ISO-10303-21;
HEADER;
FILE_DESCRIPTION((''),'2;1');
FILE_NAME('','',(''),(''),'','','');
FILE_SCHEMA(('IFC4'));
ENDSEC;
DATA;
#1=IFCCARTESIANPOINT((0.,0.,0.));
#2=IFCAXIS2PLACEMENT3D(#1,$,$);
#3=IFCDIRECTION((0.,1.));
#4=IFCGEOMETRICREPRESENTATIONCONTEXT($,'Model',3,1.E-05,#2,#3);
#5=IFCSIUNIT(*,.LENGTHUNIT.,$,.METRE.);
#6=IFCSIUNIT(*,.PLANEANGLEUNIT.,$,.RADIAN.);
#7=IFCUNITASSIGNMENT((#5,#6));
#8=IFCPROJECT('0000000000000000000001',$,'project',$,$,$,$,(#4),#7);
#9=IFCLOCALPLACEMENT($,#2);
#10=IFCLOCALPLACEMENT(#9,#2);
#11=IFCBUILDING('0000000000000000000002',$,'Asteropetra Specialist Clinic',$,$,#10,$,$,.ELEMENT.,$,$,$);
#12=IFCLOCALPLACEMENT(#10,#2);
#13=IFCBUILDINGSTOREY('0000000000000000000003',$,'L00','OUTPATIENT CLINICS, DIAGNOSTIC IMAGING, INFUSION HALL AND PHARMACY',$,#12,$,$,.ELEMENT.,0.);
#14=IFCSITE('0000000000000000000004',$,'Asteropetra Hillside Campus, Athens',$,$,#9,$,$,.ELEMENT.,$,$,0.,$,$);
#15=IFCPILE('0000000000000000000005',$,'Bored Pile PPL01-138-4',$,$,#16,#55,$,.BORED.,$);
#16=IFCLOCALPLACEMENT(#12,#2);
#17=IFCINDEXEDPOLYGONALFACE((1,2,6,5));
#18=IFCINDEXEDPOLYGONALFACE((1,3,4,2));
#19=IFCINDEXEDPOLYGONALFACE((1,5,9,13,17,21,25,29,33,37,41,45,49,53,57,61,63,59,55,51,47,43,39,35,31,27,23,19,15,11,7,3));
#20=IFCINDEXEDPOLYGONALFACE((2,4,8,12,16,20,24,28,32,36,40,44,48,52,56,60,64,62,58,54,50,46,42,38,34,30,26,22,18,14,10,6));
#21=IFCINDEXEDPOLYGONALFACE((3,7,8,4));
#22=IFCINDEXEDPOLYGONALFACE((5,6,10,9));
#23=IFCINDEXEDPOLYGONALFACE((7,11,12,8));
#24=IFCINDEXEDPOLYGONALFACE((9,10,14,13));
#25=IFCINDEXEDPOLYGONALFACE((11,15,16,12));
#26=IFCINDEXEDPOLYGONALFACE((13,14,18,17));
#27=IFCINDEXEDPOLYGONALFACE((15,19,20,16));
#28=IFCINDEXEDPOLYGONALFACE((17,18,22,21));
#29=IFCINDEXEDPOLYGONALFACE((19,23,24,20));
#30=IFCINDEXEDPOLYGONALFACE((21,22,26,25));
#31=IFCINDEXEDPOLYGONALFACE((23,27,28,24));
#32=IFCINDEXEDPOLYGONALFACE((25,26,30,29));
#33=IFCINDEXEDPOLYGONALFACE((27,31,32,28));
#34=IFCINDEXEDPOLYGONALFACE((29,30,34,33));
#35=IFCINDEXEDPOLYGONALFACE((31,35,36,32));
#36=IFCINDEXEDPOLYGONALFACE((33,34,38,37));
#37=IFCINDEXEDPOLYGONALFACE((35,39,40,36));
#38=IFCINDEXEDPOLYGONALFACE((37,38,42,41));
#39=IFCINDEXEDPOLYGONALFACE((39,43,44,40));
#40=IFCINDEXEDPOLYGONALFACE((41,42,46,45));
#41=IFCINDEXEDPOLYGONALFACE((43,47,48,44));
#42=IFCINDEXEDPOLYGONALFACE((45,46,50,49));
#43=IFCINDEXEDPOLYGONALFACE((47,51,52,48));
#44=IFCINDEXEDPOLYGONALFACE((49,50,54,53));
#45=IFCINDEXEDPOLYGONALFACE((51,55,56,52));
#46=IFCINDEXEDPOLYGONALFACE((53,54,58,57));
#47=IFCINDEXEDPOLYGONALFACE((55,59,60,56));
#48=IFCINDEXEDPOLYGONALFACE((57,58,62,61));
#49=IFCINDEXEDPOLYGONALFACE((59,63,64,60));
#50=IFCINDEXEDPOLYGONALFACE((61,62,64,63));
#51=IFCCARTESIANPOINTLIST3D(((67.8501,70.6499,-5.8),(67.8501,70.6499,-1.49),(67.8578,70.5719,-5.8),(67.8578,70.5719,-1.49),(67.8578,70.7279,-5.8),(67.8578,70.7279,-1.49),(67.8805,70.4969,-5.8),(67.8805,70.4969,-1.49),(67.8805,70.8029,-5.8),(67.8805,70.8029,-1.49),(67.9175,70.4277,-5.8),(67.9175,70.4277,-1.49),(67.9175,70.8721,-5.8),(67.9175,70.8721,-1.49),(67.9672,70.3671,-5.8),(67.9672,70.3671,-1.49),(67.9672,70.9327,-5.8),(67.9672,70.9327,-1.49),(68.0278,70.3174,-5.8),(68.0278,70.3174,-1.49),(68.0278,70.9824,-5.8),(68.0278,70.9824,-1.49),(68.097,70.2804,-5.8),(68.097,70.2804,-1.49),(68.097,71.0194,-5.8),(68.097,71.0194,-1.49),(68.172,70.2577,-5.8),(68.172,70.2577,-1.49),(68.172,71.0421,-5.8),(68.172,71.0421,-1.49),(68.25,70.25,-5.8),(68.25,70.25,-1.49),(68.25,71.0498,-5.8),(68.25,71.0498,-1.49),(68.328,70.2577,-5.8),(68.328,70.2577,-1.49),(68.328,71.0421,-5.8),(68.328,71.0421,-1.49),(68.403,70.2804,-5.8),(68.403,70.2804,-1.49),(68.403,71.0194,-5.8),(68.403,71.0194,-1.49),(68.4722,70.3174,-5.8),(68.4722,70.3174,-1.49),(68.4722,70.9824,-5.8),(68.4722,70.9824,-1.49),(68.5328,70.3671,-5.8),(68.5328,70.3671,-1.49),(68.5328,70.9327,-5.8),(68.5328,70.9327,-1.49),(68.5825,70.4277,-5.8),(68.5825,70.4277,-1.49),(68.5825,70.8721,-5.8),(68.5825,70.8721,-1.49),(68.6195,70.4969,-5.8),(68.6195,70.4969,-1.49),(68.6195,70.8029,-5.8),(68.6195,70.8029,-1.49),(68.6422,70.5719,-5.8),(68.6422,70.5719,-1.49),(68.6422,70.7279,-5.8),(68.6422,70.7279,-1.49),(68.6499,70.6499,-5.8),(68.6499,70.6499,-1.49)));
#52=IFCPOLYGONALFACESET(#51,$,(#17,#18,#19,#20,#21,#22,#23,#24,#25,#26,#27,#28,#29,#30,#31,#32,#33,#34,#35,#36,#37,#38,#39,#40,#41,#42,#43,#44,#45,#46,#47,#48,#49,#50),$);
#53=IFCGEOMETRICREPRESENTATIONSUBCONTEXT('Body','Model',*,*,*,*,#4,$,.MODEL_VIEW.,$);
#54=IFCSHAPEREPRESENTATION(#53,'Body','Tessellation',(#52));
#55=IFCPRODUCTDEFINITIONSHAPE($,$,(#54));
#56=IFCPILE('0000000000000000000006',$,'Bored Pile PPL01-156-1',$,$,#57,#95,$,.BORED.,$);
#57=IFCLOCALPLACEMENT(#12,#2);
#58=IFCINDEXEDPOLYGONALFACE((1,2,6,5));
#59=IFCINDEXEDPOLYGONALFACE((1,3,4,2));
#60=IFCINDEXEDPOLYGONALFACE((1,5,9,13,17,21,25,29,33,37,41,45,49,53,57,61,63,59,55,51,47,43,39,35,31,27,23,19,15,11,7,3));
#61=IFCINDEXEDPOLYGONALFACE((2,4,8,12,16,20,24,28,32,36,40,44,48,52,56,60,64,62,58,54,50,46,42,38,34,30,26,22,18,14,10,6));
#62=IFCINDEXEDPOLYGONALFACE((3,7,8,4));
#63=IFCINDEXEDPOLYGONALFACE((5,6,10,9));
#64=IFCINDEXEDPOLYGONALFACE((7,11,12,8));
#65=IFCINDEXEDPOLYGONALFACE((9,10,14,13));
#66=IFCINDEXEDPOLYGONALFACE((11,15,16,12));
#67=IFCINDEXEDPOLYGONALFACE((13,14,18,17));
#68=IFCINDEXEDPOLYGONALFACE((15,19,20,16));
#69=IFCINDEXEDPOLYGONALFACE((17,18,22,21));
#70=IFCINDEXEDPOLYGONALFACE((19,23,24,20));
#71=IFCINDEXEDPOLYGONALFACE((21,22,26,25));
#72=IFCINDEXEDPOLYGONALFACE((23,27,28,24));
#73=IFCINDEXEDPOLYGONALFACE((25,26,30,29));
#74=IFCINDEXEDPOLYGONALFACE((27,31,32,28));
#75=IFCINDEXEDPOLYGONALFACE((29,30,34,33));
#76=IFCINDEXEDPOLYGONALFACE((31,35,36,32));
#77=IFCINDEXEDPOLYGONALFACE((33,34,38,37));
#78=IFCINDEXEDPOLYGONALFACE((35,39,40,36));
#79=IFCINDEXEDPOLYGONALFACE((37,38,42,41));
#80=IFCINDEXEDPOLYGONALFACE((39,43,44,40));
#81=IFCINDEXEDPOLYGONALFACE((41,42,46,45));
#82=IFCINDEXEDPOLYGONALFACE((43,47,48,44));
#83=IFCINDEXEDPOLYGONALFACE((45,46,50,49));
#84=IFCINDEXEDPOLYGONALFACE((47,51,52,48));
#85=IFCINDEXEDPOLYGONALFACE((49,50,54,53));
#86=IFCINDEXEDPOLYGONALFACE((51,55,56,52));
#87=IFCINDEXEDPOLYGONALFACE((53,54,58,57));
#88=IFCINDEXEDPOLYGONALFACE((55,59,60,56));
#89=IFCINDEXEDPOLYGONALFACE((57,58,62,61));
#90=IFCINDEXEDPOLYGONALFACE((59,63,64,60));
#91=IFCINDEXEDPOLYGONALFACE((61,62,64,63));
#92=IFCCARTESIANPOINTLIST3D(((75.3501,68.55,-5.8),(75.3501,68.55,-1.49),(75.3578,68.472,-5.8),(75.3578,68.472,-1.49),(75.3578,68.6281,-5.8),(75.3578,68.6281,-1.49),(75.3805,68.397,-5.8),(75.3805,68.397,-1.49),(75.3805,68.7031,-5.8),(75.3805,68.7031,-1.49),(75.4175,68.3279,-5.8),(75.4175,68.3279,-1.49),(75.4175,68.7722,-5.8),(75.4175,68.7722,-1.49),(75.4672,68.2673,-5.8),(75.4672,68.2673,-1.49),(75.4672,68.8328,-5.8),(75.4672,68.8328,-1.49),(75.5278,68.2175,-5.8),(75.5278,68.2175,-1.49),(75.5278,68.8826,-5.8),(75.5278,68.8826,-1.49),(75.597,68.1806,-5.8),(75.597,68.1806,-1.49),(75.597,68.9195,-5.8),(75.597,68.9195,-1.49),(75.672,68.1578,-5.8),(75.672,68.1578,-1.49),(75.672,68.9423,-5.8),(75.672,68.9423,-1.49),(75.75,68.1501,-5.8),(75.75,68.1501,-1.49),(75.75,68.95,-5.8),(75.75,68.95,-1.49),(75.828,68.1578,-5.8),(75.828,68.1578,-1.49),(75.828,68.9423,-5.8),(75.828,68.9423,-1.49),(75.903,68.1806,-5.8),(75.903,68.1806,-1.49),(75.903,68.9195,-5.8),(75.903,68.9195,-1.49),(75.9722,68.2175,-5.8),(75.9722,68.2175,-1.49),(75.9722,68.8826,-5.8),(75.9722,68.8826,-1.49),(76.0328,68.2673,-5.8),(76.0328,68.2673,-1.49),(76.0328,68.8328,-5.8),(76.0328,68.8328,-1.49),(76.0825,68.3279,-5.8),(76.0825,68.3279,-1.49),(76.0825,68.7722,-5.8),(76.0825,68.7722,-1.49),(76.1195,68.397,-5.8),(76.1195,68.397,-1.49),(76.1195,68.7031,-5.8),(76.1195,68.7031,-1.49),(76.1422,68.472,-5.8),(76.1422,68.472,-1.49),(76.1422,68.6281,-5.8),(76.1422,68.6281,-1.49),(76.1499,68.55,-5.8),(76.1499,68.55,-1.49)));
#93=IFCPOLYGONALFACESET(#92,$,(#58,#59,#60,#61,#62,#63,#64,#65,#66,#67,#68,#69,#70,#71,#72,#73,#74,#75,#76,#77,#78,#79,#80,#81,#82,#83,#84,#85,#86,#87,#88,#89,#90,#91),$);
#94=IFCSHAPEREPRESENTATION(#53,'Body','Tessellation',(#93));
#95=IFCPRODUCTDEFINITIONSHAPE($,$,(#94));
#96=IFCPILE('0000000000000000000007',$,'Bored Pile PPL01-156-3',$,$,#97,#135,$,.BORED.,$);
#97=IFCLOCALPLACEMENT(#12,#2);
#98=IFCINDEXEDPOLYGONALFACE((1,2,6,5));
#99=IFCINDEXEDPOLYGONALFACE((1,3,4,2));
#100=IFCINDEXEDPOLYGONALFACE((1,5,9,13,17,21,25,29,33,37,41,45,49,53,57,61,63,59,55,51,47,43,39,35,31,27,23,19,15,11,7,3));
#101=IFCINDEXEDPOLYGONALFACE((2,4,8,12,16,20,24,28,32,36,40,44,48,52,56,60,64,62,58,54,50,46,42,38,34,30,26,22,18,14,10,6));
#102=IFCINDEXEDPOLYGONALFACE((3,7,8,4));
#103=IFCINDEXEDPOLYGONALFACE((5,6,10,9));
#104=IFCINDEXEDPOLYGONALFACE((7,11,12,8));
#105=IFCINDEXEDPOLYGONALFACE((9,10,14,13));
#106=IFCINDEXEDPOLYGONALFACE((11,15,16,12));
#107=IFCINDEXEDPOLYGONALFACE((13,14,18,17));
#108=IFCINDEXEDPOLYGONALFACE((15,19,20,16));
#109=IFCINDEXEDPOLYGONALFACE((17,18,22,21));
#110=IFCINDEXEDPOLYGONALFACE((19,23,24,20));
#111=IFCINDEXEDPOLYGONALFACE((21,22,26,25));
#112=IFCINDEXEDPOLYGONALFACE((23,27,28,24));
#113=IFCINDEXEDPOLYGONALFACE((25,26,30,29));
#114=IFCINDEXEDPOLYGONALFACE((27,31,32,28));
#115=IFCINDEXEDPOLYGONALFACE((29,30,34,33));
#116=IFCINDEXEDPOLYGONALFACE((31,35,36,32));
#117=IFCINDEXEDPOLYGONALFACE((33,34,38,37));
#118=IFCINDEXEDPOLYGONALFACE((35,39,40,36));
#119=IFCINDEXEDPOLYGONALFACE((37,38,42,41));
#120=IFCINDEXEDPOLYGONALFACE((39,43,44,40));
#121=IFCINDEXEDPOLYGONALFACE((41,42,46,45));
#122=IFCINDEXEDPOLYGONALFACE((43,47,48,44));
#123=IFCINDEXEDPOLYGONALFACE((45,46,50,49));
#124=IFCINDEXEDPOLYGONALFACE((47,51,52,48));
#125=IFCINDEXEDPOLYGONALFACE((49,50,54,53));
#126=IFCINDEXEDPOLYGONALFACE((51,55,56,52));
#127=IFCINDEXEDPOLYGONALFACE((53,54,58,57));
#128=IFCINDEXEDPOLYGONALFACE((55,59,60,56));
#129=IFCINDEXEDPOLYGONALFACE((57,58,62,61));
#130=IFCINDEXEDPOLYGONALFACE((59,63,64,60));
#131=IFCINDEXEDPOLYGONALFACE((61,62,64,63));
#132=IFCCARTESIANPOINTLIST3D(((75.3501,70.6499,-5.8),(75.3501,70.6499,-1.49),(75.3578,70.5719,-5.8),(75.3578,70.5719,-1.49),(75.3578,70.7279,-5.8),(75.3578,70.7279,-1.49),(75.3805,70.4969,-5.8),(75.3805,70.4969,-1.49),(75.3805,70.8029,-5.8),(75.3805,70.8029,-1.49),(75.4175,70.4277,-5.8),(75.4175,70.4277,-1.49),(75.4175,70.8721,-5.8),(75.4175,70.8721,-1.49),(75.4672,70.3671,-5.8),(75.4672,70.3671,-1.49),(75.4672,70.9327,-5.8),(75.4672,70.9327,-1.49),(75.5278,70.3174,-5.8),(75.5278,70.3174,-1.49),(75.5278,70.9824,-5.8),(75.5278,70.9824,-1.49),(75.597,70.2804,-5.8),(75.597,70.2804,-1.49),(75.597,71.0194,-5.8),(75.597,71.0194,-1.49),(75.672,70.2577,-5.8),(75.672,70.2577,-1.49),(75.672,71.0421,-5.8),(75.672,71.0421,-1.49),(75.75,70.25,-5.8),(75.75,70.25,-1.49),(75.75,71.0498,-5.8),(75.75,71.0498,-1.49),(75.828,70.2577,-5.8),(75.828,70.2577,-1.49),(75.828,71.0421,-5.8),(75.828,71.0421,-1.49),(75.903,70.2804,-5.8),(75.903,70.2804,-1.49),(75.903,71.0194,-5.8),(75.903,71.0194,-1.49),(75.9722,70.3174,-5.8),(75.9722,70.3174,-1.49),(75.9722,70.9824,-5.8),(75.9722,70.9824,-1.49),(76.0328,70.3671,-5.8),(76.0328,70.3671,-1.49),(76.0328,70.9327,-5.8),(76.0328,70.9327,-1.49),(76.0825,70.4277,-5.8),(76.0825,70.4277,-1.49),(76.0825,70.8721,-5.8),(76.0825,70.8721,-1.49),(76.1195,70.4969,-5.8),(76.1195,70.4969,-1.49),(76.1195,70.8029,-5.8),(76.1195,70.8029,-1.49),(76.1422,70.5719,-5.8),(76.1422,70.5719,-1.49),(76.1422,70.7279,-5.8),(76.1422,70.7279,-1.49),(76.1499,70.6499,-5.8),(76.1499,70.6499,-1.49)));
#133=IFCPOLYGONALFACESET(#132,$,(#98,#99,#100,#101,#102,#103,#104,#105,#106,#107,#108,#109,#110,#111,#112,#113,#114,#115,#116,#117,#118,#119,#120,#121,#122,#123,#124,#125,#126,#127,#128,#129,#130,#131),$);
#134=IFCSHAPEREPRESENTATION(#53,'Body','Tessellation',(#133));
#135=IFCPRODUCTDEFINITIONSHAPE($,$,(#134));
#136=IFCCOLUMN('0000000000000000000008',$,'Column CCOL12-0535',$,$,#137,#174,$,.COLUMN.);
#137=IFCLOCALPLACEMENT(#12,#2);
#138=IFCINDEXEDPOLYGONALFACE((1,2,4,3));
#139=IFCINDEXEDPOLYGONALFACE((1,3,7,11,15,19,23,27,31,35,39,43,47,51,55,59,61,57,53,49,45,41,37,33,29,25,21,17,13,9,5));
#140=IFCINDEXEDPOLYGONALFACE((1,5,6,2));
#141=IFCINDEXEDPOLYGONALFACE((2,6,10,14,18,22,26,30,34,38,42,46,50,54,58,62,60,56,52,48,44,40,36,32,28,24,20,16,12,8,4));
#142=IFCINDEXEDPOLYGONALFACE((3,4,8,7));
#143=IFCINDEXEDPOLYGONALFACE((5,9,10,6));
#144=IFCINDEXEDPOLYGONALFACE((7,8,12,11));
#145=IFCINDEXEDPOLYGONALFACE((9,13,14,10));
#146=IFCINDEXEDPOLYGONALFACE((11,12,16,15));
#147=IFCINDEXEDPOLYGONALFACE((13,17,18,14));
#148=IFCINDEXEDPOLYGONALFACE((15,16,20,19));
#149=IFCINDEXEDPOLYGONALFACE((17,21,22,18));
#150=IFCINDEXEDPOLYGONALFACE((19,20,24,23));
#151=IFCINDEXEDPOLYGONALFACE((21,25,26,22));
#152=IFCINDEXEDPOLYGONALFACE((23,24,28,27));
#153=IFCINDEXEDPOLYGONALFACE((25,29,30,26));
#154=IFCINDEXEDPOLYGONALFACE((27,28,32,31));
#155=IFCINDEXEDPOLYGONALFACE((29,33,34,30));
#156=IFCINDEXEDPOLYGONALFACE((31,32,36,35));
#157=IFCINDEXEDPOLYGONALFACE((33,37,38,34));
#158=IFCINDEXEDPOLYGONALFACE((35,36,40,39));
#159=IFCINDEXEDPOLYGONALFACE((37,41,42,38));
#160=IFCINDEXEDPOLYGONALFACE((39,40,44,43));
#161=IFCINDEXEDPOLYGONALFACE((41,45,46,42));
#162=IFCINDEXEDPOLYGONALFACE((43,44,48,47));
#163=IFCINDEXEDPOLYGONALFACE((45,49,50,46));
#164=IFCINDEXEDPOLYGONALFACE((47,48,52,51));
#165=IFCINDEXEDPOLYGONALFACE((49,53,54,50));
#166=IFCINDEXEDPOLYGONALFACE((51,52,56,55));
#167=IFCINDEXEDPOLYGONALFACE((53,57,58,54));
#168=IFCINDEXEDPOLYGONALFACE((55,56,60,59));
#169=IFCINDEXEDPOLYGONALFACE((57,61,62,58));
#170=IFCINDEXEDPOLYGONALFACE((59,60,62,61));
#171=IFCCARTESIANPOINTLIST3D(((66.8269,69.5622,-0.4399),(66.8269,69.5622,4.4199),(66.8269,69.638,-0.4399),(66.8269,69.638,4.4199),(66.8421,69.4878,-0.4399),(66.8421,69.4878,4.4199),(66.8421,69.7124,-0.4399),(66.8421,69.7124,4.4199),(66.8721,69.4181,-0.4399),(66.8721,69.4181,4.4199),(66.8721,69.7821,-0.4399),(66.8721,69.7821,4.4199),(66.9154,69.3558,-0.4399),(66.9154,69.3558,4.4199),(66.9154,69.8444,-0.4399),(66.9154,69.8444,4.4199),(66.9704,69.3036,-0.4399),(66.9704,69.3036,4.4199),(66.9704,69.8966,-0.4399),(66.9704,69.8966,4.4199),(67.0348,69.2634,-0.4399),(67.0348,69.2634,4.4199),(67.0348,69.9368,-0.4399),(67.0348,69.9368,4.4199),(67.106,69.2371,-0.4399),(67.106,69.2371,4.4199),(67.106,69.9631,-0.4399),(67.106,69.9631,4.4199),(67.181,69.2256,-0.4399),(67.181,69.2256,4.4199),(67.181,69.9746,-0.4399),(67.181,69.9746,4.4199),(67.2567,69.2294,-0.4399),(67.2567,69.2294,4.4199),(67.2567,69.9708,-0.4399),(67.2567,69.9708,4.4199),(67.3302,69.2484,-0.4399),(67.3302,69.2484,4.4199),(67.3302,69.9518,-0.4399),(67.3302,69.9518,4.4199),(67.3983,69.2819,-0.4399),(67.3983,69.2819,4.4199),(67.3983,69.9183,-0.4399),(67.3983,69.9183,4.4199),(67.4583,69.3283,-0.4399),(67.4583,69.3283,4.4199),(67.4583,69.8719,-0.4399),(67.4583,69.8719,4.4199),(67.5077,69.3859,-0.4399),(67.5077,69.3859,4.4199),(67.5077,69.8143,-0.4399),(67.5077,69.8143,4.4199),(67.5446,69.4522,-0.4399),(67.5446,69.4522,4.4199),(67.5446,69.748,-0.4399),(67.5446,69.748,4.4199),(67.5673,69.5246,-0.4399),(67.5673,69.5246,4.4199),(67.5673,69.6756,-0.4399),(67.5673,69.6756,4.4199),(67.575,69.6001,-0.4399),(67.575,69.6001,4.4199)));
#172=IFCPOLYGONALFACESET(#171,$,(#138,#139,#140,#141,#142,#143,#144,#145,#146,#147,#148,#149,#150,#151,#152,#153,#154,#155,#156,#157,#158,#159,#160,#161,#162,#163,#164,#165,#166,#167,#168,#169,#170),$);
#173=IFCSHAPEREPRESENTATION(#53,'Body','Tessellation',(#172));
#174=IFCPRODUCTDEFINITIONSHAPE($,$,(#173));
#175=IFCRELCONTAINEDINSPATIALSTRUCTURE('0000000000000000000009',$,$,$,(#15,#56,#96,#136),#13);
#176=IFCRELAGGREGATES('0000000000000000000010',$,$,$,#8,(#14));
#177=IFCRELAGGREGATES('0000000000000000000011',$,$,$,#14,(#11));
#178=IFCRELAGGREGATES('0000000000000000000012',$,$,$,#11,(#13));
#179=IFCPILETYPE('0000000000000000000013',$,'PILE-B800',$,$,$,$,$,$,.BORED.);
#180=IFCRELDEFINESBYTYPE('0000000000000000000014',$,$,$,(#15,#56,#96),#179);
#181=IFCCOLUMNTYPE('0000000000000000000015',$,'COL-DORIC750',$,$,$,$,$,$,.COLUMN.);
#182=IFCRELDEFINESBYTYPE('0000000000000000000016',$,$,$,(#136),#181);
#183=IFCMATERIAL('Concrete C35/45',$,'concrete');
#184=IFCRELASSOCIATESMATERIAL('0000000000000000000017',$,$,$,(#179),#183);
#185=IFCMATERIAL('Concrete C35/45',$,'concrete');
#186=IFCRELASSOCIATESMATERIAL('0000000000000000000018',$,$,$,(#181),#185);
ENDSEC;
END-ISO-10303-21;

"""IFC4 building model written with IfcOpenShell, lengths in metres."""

from ifc_helpers import new_model, si_unit, direction, frame, origin, origin_2d, place, context, subcontext, project, spatial, circle, extrude, material, material_profile, profile_set, type_object, element, save


model = new_model("IFC4")

# Units and contexts
model_context = context("Model", 3, precision=1e-05, world=origin(), true_north=direction((0.0, 1.0)))
body_context = subcontext(model_context, "Body", "Model", "MODEL_VIEW")
ifc_project = project(units=[si_unit("LENGTHUNIT", "METRE"), si_unit("PLANEANGLEUNIT", "RADIAN")], contexts=[model_context])

# Site, building, storey
site_placement = place(None, origin())
site = spatial("IfcSite", under=ifc_project, at=site_placement, Name="Asteropetra Hillside Campus, Athens", CompositionType="ELEMENT", RefElevation=0.0)
building_placement = place(site_placement, origin())
building = spatial("IfcBuilding", under=site, at=building_placement, Name="Asteropetra Specialist Clinic", CompositionType="ELEMENT")
storey_placement = place(building_placement, origin())
storey = spatial("IfcBuildingStorey", under=building, at=storey_placement, Name="L00", Description="OUTPATIENT CLINICS, DIAGNOSTIC IMAGING, INFUSION HALL AND PHARMACY", CompositionType="ELEMENT", Elevation=0.0)

# Piles
ifc_material_1 = material(Name="Concrete C35/45", Category="concrete")
ifc_material_profile_1 = material_profile(ifc_material_1, circle(Radius=0.3999, at=origin_2d()), Name="PILE D800")
ifc_profile_set_1 = profile_set([ifc_material_profile_1], Name="Concrete C35/45")
pile_type = type_object("IfcPileType", Name="PILE-B800", PredefinedType="BORED", material=ifc_profile_set_1)
for number, where, z_axis, x_axis, name in (
    (1, (68.25, 70.6499, -1.49), (0.0, 0.0, -1.0), (1.0, 0.0, 0.0), "Bored Pile PPL01-138-4"),
    (2, (75.75, 68.55, -1.49), (0.0, 0.0, -1.0), (1.0, 0.0, 0.0), "Bored Pile PPL01-156-1"),
    (3, (75.75, 70.6499, -1.49), (0.0, 0.0, -1.0), (1.0, 0.0, 0.0), "Bored Pile PPL01-156-3"),
):
    element("IfcPile", number, at=place(storey_placement, frame(where, z_axis=z_axis, x_axis=x_axis)), inside=storey, type_object=pile_type, Name=name, PredefinedType="BORED", context=body_context, shape_type="SweptSolid", body=[
        extrude(circle(Radius=0.3999, at=origin_2d()), origin(), (0.0, 0.0, 1.0), 4.3101),
    ])

# Column
ifc_material_2 = material(Name="Concrete C35/45", Category="concrete")
ifc_material_profile_2 = material_profile(ifc_material_2, circle(Radius=0.375, at=origin_2d()), Name="RCC D750")
ifc_profile_set_2 = profile_set([ifc_material_profile_2], Name="Concrete C35/45")
column_type = type_object("IfcColumnType", Name="COL-DORIC750", PredefinedType="COLUMN", material=ifc_profile_set_2)
column_placement = place(storey_placement, frame((67.2, 69.6001, -0.4399), z_axis=(0.0, 0.0, 1.0), x_axis=(1.0, 0.0, 0.0)))
element("IfcColumn", 4, at=column_placement, inside=storey, type_object=column_type, Name="Column CCOL12-0535", PredefinedType="COLUMN", context=body_context, shape_type="SweptSolid", body=[
    extrude(circle(Radius=0.375, at=origin_2d()), origin(), (0.0, 0.0, 1.0), 4.8599),
])

save(model, "model.ifc")
